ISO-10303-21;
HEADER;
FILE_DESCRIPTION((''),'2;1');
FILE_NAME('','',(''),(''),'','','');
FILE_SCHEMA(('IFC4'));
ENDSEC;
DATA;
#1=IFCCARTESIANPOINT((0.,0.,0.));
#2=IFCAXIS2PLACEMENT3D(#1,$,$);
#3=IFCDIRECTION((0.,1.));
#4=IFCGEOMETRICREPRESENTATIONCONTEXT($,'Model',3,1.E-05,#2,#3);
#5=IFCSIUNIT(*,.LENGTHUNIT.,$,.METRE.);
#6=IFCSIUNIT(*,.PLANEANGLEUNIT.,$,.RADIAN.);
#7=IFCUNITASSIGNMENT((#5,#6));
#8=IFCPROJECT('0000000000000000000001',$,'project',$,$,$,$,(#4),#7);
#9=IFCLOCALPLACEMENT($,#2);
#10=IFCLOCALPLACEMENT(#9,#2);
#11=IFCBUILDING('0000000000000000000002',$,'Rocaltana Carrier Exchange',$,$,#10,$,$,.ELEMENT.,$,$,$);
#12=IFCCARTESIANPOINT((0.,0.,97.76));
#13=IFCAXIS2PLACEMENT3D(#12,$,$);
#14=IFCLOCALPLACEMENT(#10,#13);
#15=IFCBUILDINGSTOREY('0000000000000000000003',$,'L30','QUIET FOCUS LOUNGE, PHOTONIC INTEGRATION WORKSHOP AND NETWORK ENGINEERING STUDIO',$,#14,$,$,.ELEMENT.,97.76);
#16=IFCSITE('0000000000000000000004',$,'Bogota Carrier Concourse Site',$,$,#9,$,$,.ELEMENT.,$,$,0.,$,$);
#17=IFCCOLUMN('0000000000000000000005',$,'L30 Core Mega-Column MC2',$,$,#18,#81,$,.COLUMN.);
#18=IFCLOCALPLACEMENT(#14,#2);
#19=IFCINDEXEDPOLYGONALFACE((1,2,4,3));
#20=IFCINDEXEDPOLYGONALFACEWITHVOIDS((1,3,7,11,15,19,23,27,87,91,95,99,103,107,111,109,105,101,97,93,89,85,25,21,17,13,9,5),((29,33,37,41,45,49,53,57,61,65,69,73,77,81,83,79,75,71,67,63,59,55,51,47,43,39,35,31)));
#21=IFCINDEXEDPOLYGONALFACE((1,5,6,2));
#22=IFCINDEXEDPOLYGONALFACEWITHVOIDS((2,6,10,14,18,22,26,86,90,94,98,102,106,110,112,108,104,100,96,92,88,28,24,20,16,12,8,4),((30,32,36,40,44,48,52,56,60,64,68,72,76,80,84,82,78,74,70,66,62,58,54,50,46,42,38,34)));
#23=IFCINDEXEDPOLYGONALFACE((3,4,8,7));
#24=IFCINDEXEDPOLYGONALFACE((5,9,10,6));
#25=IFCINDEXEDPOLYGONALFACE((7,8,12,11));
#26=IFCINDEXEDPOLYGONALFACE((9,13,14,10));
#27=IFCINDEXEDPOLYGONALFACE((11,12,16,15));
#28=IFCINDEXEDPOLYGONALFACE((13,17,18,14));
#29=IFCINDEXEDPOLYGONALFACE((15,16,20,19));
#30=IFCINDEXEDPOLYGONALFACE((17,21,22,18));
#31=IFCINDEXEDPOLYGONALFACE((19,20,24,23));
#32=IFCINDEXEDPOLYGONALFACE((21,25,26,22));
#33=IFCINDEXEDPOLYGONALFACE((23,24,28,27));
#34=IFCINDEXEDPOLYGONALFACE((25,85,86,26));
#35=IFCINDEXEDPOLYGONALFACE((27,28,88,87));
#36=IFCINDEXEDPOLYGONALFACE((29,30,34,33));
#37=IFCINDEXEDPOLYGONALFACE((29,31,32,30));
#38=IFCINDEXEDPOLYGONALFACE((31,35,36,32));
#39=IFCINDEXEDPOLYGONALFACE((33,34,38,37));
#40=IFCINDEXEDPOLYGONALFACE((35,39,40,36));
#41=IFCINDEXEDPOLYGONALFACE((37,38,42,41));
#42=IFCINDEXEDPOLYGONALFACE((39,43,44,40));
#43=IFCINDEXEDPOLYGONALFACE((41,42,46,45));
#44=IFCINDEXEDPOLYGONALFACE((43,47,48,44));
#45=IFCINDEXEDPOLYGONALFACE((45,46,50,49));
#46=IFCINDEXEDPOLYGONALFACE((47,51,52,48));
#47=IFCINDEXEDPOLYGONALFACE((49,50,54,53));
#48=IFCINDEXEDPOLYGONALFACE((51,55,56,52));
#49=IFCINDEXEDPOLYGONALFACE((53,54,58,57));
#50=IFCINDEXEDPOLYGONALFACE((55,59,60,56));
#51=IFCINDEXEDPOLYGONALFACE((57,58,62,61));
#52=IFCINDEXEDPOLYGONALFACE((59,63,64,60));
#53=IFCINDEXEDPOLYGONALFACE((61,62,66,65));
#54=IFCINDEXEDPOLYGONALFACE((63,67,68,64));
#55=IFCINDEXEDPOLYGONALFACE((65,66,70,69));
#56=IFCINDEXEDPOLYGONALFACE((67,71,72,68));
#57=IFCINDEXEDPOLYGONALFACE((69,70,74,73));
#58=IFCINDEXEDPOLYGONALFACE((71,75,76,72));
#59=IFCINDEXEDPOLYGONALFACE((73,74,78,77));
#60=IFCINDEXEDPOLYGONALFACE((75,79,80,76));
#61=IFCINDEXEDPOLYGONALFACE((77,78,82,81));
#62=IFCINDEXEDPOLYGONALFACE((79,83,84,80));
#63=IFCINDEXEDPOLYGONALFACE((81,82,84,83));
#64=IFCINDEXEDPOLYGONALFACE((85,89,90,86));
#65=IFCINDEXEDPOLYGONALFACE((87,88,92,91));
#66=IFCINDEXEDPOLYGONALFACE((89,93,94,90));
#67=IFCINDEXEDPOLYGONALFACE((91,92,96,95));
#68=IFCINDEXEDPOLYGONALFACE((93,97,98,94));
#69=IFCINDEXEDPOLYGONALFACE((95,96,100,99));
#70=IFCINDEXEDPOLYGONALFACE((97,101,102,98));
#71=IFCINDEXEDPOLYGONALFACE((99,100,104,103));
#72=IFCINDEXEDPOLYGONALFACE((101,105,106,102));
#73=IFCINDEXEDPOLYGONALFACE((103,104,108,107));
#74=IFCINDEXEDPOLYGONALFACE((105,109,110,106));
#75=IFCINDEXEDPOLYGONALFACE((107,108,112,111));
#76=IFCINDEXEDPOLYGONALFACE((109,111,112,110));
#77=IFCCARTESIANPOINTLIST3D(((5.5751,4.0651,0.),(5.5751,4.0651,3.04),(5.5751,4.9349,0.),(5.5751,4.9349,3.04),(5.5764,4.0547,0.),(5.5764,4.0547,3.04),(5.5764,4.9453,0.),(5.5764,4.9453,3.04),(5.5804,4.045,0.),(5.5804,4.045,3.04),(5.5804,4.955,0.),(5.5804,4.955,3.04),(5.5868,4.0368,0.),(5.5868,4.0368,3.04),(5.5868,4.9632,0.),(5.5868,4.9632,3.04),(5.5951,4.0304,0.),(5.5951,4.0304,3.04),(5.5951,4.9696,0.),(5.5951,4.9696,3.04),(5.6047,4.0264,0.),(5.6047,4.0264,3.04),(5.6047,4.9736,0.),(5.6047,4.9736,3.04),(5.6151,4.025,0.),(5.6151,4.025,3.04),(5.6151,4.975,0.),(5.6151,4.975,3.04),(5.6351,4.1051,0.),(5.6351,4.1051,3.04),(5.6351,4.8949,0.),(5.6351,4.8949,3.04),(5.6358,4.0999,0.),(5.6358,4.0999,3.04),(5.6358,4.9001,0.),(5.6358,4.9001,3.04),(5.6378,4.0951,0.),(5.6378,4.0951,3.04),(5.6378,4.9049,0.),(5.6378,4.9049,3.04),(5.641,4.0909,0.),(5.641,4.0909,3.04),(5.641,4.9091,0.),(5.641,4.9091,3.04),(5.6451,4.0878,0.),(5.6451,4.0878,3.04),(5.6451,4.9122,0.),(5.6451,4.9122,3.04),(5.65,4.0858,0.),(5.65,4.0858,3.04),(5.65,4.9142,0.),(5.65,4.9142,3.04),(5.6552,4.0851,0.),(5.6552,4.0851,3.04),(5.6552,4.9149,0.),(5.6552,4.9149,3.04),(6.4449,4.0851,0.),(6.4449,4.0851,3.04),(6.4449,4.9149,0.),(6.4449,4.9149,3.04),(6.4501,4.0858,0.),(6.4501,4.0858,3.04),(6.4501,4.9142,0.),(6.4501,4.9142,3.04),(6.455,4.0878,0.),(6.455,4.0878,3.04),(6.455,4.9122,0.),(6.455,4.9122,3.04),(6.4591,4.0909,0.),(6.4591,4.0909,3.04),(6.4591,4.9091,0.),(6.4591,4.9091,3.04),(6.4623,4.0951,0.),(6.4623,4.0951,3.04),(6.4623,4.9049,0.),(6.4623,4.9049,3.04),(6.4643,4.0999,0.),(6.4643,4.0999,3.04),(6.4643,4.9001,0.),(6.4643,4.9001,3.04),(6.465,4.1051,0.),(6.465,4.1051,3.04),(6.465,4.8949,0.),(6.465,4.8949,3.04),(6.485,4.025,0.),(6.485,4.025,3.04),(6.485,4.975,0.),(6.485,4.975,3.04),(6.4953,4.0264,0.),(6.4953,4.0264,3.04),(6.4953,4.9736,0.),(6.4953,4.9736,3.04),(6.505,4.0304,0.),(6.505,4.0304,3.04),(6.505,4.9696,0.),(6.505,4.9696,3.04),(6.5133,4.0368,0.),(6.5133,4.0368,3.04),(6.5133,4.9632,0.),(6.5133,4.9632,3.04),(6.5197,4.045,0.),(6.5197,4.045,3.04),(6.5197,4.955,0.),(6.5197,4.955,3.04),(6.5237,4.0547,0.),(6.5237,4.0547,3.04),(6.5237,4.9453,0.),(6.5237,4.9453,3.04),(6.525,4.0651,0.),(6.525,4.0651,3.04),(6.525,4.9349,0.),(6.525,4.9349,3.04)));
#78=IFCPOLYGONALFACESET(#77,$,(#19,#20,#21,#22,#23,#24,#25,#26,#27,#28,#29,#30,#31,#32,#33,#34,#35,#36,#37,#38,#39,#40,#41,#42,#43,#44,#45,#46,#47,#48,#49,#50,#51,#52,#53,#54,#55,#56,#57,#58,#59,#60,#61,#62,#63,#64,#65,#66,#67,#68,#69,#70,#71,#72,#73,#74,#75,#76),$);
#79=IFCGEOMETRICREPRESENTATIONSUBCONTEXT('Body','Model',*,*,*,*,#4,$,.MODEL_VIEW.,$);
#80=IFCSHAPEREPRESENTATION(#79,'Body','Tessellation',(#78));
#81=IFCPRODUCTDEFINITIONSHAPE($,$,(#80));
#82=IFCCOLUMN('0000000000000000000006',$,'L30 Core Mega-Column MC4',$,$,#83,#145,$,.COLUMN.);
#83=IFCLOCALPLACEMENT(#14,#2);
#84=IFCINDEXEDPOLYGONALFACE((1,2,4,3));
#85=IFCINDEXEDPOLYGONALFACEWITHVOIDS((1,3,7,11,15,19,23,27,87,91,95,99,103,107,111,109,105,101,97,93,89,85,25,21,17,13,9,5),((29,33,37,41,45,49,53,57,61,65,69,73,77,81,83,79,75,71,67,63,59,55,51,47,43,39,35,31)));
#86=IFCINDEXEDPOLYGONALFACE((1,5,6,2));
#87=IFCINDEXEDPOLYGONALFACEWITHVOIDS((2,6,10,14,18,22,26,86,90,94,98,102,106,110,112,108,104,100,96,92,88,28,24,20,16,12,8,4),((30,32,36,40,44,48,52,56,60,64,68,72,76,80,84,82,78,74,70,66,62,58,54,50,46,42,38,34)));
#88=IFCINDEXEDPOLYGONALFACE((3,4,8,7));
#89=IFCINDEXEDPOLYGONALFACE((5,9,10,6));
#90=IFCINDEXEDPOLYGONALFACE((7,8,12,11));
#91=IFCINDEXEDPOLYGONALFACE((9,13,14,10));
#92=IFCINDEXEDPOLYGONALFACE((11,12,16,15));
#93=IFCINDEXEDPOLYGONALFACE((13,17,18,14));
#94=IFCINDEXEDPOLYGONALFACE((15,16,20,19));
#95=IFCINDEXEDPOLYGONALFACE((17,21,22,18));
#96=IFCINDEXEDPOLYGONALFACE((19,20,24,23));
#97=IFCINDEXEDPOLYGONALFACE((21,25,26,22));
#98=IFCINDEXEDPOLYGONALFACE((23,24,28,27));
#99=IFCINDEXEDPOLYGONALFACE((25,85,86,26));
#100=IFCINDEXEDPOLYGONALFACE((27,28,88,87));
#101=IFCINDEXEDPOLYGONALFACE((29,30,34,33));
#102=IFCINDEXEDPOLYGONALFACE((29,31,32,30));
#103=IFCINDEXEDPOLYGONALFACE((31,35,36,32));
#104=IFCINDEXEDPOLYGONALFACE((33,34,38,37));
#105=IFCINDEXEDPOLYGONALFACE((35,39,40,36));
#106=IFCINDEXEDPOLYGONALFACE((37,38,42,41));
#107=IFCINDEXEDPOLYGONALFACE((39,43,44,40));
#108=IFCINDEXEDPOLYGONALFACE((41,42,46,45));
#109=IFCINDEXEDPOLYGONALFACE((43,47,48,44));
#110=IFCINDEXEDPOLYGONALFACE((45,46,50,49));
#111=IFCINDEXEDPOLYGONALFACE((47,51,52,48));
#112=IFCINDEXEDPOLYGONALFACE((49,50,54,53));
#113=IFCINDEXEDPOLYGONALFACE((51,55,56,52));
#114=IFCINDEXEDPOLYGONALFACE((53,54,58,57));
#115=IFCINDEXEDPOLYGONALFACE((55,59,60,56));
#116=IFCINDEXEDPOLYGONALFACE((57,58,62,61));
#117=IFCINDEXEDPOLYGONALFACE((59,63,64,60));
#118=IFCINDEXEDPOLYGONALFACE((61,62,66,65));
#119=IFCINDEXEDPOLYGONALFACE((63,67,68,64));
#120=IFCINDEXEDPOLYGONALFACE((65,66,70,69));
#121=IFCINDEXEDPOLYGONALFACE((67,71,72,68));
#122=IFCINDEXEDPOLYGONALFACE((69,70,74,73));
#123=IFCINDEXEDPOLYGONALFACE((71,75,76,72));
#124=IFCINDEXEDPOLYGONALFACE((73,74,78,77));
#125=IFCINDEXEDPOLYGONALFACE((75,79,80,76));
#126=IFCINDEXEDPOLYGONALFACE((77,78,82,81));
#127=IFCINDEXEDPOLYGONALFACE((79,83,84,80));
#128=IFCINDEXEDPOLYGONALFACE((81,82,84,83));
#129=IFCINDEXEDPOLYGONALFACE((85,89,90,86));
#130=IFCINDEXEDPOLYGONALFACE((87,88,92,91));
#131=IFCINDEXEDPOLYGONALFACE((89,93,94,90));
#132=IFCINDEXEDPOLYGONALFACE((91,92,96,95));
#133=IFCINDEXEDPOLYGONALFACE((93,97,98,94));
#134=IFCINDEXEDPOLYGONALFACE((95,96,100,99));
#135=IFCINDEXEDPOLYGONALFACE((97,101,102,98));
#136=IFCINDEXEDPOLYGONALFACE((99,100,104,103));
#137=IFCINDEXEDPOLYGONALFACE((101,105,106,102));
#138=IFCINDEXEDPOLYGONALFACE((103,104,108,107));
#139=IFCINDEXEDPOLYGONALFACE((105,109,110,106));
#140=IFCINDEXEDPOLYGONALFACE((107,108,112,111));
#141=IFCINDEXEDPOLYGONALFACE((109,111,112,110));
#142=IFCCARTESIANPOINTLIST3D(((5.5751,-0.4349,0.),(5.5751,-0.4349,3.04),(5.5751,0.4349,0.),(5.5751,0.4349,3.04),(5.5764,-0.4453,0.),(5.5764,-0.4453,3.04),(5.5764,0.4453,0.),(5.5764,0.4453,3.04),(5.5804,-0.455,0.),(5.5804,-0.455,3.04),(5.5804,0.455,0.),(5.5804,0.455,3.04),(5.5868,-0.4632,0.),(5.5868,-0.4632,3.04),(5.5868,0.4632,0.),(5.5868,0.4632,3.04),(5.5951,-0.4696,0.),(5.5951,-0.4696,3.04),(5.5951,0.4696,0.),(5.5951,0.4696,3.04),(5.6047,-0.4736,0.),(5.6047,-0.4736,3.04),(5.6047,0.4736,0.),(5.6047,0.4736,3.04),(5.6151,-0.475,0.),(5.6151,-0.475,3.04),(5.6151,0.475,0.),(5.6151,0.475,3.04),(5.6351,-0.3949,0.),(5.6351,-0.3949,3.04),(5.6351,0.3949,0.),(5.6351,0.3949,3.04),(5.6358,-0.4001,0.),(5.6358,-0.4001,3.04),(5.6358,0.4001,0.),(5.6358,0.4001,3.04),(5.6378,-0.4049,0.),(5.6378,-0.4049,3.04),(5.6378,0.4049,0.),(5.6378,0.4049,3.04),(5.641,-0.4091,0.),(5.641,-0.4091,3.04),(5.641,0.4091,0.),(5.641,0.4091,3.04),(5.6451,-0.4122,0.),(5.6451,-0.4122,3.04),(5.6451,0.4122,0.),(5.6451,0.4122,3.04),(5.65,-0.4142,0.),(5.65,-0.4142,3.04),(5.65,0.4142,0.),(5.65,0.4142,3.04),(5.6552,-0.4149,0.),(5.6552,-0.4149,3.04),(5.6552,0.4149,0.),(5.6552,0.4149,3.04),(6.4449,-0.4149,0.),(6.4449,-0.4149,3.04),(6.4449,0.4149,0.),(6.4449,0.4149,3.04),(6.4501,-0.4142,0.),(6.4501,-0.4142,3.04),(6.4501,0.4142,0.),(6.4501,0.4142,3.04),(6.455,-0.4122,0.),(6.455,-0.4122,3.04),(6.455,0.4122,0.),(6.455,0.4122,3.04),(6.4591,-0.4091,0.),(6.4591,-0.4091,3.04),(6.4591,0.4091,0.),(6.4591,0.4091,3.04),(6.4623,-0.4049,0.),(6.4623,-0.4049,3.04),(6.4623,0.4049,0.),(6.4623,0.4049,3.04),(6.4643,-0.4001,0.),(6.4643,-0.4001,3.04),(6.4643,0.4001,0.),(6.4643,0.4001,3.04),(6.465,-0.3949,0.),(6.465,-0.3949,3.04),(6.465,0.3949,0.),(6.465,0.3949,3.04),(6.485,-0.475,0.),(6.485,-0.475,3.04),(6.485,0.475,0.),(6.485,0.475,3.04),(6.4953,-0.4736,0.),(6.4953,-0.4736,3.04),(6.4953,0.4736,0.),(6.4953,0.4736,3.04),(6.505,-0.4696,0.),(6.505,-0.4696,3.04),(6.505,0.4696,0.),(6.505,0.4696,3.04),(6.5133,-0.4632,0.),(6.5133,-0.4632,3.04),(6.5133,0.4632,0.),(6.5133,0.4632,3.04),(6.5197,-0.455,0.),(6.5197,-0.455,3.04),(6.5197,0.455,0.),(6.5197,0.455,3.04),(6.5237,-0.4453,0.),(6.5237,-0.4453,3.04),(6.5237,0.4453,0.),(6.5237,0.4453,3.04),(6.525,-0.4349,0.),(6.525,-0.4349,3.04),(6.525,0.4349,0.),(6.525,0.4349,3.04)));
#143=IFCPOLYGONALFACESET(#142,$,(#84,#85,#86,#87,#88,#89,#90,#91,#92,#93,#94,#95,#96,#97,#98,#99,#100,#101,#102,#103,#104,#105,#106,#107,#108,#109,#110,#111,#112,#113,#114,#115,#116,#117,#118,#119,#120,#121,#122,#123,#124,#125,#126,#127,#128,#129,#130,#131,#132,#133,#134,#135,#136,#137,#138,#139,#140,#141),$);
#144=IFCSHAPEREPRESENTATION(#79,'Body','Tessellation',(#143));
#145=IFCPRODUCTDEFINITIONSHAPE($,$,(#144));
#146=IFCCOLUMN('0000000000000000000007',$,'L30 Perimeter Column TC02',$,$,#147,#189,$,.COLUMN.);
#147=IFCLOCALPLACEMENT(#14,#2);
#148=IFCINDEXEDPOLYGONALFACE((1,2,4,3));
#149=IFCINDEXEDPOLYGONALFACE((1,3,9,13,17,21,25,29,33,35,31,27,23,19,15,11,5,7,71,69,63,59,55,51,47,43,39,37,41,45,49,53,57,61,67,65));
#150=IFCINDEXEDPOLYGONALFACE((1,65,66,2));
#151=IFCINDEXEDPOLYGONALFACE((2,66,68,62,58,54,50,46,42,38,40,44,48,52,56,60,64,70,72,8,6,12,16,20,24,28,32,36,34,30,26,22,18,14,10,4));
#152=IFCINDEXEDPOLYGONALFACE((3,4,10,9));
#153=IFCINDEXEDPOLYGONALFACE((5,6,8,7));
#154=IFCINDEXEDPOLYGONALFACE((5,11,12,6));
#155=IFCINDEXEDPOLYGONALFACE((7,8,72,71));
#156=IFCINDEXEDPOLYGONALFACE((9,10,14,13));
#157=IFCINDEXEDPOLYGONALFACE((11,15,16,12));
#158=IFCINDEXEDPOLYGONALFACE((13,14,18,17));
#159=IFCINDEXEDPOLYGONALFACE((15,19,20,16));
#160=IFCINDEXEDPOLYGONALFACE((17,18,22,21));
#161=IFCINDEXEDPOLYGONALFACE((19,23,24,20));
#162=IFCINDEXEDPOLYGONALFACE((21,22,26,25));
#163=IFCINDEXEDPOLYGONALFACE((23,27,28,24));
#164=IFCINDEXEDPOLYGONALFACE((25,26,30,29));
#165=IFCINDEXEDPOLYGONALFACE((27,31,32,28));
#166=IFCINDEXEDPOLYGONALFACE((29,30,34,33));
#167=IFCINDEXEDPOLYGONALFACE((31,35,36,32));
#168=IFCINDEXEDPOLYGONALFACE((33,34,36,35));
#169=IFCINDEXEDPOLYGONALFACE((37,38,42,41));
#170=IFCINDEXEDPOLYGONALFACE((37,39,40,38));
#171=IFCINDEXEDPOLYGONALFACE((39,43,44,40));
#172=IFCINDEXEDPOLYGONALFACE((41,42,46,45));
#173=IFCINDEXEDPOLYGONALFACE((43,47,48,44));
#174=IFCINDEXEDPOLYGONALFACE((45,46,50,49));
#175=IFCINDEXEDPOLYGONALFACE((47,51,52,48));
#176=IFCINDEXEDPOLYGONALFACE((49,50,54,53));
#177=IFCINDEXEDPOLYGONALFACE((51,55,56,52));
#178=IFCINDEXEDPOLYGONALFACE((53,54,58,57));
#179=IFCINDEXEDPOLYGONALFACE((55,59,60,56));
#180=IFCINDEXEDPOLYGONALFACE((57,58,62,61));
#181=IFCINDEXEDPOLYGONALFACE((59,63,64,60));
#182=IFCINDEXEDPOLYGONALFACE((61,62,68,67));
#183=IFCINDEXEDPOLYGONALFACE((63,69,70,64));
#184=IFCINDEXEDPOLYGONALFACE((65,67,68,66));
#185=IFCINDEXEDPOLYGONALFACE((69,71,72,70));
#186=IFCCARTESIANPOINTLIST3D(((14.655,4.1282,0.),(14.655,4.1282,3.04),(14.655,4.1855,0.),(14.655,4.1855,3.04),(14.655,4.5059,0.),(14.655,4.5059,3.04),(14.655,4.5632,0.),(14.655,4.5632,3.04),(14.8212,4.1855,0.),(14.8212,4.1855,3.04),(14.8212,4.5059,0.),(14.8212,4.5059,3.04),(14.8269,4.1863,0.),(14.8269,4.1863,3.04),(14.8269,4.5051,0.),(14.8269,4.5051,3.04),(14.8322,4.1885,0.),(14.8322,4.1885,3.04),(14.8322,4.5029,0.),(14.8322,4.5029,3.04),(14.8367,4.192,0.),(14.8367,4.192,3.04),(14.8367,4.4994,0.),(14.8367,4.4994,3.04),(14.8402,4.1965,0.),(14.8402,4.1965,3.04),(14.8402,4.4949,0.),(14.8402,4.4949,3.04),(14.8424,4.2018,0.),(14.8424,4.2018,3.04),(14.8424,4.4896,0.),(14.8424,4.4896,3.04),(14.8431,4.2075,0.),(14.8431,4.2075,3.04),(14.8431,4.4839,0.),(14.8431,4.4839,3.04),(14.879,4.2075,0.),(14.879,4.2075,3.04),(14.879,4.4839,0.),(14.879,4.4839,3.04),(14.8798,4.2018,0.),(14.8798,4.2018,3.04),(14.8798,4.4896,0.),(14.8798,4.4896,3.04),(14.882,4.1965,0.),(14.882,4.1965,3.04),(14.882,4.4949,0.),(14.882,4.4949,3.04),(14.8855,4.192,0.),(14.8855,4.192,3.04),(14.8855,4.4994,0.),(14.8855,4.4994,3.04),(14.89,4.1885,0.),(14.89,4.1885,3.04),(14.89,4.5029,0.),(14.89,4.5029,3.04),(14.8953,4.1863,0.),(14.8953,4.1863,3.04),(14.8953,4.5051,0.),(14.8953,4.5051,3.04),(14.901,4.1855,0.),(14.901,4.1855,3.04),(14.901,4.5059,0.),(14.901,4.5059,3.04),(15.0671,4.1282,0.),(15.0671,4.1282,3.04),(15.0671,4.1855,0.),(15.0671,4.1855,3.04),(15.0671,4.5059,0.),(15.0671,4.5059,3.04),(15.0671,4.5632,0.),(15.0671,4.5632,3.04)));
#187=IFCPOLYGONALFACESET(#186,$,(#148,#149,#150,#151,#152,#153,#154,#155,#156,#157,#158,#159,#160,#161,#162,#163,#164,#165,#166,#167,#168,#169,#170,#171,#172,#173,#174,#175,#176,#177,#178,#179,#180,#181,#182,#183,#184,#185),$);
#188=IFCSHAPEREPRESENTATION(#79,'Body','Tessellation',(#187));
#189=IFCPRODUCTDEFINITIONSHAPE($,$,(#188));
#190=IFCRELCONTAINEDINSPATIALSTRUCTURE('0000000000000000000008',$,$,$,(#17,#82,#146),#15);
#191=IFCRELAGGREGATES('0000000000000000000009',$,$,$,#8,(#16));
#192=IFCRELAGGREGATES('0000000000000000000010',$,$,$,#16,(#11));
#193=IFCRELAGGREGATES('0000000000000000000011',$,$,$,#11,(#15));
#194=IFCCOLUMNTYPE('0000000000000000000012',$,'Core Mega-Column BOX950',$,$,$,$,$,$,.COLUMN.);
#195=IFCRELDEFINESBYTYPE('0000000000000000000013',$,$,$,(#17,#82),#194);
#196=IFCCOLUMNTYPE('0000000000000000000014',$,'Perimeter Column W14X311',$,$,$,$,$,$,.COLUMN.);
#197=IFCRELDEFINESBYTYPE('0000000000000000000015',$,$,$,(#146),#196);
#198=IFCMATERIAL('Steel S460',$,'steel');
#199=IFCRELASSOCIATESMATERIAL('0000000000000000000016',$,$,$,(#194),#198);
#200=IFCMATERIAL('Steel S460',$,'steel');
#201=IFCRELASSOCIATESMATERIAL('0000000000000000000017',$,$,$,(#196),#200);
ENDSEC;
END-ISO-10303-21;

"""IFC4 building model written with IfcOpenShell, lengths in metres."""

from ifc_helpers import new_model, si_unit, direction, frame, origin, origin_2d, place, context, subcontext, project, spatial, hollow_rectangle, i_section, extrude, material, material_profile, profile_set, type_object, element, save


model = new_model("IFC4")

# Units and contexts
model_context = context("Model", 3, precision=1e-05, world=origin(), true_north=direction((0.0, 1.0)))
body_context = subcontext(model_context, "Body", "Model", "MODEL_VIEW")
ifc_project = project(units=[si_unit("LENGTHUNIT", "METRE"), si_unit("PLANEANGLEUNIT", "RADIAN")], contexts=[model_context])

# Site, building, storey
site_placement = place(None, origin())
site = spatial("IfcSite", under=ifc_project, at=site_placement, Name="Bogota Carrier Concourse Site", CompositionType="ELEMENT", RefElevation=0.0)
building_placement = place(site_placement, origin())
building = spatial("IfcBuilding", under=site, at=building_placement, Name="Rocaltana Carrier Exchange", CompositionType="ELEMENT")
storey_placement = place(building_placement, frame((0.0, 0.0, 97.76)))
storey = spatial("IfcBuildingStorey", under=building, at=storey_placement, Name="L30", Description="QUIET FOCUS LOUNGE, PHOTONIC INTEGRATION WORKSHOP AND NETWORK ENGINEERING STUDIO", CompositionType="ELEMENT", Elevation=97.76)

# Columns
ifc_material_1 = material(Name="Steel S460", Category="steel")
ifc_material_profile_1 = material_profile(ifc_material_1, hollow_rectangle(XDim=0.95, YDim=0.95, WallThickness=0.0601, InnerFilletRadius=0.02, OuterFilletRadius=0.04, at=origin_2d()), Name="BOX950X950X60")
ifc_profile_set_1 = profile_set([ifc_material_profile_1], Name="Steel S460")
column_type_1 = type_object("IfcColumnType", Name="Core Mega-Column BOX950", PredefinedType="COLUMN", material=ifc_profile_set_1)
for number, where, z_axis, x_axis, name in (
    (1, (6.05, 4.5, 0.0), (0.0, 0.0, 1.0), (1.0, 0.0, 0.0), "L30 Core Mega-Column MC2"),
    (2, (6.05, 0.0, 0.0), (0.0, 0.0, 1.0), (1.0, 0.0, 0.0), "L30 Core Mega-Column MC4"),
):
    element("IfcColumn", number, at=place(storey_placement, frame(where, z_axis=z_axis, x_axis=x_axis)), inside=storey, type_object=column_type_1, Name=name, PredefinedType="COLUMN", context=body_context, shape_type="SweptSolid", body=[
        extrude(hollow_rectangle(XDim=0.95, YDim=0.95, WallThickness=0.0601, InnerFilletRadius=0.02, OuterFilletRadius=0.04, at=origin_2d()), origin(), (0.0, 0.0, 1.0), 3.04),
    ])
ifc_material_2 = material(Name="Steel S460", Category="steel")
ifc_material_profile_2 = material_profile(ifc_material_2, i_section(OverallWidth=0.4121, OverallDepth=0.4351, WebThickness=0.0359, FlangeThickness=0.0574, FilletRadius=0.022, at=origin_2d()), Name="W14X311")
ifc_profile_set_2 = profile_set([ifc_material_profile_2], Name="Steel S460")
column_type_2 = type_object("IfcColumnType", Name="Perimeter Column W14X311", PredefinedType="COLUMN", material=ifc_profile_set_2)
column_placement = place(storey_placement, frame((14.8611, 4.3457, 0.0), z_axis=(0.0, 0.0, 1.0), x_axis=(1.0, 0.0, 0.0)))
element("IfcColumn", 3, at=column_placement, inside=storey, type_object=column_type_2, Name="L30 Perimeter Column TC02", PredefinedType="COLUMN", context=body_context, shape_type="SweptSolid", body=[
    extrude(i_section(OverallWidth=0.4121, OverallDepth=0.4351, WebThickness=0.0359, FlangeThickness=0.0574, FilletRadius=0.022, at=origin_2d()), origin(), (0.0, 0.0, 1.0), 3.04),
])

save(model, "model.ifc")
